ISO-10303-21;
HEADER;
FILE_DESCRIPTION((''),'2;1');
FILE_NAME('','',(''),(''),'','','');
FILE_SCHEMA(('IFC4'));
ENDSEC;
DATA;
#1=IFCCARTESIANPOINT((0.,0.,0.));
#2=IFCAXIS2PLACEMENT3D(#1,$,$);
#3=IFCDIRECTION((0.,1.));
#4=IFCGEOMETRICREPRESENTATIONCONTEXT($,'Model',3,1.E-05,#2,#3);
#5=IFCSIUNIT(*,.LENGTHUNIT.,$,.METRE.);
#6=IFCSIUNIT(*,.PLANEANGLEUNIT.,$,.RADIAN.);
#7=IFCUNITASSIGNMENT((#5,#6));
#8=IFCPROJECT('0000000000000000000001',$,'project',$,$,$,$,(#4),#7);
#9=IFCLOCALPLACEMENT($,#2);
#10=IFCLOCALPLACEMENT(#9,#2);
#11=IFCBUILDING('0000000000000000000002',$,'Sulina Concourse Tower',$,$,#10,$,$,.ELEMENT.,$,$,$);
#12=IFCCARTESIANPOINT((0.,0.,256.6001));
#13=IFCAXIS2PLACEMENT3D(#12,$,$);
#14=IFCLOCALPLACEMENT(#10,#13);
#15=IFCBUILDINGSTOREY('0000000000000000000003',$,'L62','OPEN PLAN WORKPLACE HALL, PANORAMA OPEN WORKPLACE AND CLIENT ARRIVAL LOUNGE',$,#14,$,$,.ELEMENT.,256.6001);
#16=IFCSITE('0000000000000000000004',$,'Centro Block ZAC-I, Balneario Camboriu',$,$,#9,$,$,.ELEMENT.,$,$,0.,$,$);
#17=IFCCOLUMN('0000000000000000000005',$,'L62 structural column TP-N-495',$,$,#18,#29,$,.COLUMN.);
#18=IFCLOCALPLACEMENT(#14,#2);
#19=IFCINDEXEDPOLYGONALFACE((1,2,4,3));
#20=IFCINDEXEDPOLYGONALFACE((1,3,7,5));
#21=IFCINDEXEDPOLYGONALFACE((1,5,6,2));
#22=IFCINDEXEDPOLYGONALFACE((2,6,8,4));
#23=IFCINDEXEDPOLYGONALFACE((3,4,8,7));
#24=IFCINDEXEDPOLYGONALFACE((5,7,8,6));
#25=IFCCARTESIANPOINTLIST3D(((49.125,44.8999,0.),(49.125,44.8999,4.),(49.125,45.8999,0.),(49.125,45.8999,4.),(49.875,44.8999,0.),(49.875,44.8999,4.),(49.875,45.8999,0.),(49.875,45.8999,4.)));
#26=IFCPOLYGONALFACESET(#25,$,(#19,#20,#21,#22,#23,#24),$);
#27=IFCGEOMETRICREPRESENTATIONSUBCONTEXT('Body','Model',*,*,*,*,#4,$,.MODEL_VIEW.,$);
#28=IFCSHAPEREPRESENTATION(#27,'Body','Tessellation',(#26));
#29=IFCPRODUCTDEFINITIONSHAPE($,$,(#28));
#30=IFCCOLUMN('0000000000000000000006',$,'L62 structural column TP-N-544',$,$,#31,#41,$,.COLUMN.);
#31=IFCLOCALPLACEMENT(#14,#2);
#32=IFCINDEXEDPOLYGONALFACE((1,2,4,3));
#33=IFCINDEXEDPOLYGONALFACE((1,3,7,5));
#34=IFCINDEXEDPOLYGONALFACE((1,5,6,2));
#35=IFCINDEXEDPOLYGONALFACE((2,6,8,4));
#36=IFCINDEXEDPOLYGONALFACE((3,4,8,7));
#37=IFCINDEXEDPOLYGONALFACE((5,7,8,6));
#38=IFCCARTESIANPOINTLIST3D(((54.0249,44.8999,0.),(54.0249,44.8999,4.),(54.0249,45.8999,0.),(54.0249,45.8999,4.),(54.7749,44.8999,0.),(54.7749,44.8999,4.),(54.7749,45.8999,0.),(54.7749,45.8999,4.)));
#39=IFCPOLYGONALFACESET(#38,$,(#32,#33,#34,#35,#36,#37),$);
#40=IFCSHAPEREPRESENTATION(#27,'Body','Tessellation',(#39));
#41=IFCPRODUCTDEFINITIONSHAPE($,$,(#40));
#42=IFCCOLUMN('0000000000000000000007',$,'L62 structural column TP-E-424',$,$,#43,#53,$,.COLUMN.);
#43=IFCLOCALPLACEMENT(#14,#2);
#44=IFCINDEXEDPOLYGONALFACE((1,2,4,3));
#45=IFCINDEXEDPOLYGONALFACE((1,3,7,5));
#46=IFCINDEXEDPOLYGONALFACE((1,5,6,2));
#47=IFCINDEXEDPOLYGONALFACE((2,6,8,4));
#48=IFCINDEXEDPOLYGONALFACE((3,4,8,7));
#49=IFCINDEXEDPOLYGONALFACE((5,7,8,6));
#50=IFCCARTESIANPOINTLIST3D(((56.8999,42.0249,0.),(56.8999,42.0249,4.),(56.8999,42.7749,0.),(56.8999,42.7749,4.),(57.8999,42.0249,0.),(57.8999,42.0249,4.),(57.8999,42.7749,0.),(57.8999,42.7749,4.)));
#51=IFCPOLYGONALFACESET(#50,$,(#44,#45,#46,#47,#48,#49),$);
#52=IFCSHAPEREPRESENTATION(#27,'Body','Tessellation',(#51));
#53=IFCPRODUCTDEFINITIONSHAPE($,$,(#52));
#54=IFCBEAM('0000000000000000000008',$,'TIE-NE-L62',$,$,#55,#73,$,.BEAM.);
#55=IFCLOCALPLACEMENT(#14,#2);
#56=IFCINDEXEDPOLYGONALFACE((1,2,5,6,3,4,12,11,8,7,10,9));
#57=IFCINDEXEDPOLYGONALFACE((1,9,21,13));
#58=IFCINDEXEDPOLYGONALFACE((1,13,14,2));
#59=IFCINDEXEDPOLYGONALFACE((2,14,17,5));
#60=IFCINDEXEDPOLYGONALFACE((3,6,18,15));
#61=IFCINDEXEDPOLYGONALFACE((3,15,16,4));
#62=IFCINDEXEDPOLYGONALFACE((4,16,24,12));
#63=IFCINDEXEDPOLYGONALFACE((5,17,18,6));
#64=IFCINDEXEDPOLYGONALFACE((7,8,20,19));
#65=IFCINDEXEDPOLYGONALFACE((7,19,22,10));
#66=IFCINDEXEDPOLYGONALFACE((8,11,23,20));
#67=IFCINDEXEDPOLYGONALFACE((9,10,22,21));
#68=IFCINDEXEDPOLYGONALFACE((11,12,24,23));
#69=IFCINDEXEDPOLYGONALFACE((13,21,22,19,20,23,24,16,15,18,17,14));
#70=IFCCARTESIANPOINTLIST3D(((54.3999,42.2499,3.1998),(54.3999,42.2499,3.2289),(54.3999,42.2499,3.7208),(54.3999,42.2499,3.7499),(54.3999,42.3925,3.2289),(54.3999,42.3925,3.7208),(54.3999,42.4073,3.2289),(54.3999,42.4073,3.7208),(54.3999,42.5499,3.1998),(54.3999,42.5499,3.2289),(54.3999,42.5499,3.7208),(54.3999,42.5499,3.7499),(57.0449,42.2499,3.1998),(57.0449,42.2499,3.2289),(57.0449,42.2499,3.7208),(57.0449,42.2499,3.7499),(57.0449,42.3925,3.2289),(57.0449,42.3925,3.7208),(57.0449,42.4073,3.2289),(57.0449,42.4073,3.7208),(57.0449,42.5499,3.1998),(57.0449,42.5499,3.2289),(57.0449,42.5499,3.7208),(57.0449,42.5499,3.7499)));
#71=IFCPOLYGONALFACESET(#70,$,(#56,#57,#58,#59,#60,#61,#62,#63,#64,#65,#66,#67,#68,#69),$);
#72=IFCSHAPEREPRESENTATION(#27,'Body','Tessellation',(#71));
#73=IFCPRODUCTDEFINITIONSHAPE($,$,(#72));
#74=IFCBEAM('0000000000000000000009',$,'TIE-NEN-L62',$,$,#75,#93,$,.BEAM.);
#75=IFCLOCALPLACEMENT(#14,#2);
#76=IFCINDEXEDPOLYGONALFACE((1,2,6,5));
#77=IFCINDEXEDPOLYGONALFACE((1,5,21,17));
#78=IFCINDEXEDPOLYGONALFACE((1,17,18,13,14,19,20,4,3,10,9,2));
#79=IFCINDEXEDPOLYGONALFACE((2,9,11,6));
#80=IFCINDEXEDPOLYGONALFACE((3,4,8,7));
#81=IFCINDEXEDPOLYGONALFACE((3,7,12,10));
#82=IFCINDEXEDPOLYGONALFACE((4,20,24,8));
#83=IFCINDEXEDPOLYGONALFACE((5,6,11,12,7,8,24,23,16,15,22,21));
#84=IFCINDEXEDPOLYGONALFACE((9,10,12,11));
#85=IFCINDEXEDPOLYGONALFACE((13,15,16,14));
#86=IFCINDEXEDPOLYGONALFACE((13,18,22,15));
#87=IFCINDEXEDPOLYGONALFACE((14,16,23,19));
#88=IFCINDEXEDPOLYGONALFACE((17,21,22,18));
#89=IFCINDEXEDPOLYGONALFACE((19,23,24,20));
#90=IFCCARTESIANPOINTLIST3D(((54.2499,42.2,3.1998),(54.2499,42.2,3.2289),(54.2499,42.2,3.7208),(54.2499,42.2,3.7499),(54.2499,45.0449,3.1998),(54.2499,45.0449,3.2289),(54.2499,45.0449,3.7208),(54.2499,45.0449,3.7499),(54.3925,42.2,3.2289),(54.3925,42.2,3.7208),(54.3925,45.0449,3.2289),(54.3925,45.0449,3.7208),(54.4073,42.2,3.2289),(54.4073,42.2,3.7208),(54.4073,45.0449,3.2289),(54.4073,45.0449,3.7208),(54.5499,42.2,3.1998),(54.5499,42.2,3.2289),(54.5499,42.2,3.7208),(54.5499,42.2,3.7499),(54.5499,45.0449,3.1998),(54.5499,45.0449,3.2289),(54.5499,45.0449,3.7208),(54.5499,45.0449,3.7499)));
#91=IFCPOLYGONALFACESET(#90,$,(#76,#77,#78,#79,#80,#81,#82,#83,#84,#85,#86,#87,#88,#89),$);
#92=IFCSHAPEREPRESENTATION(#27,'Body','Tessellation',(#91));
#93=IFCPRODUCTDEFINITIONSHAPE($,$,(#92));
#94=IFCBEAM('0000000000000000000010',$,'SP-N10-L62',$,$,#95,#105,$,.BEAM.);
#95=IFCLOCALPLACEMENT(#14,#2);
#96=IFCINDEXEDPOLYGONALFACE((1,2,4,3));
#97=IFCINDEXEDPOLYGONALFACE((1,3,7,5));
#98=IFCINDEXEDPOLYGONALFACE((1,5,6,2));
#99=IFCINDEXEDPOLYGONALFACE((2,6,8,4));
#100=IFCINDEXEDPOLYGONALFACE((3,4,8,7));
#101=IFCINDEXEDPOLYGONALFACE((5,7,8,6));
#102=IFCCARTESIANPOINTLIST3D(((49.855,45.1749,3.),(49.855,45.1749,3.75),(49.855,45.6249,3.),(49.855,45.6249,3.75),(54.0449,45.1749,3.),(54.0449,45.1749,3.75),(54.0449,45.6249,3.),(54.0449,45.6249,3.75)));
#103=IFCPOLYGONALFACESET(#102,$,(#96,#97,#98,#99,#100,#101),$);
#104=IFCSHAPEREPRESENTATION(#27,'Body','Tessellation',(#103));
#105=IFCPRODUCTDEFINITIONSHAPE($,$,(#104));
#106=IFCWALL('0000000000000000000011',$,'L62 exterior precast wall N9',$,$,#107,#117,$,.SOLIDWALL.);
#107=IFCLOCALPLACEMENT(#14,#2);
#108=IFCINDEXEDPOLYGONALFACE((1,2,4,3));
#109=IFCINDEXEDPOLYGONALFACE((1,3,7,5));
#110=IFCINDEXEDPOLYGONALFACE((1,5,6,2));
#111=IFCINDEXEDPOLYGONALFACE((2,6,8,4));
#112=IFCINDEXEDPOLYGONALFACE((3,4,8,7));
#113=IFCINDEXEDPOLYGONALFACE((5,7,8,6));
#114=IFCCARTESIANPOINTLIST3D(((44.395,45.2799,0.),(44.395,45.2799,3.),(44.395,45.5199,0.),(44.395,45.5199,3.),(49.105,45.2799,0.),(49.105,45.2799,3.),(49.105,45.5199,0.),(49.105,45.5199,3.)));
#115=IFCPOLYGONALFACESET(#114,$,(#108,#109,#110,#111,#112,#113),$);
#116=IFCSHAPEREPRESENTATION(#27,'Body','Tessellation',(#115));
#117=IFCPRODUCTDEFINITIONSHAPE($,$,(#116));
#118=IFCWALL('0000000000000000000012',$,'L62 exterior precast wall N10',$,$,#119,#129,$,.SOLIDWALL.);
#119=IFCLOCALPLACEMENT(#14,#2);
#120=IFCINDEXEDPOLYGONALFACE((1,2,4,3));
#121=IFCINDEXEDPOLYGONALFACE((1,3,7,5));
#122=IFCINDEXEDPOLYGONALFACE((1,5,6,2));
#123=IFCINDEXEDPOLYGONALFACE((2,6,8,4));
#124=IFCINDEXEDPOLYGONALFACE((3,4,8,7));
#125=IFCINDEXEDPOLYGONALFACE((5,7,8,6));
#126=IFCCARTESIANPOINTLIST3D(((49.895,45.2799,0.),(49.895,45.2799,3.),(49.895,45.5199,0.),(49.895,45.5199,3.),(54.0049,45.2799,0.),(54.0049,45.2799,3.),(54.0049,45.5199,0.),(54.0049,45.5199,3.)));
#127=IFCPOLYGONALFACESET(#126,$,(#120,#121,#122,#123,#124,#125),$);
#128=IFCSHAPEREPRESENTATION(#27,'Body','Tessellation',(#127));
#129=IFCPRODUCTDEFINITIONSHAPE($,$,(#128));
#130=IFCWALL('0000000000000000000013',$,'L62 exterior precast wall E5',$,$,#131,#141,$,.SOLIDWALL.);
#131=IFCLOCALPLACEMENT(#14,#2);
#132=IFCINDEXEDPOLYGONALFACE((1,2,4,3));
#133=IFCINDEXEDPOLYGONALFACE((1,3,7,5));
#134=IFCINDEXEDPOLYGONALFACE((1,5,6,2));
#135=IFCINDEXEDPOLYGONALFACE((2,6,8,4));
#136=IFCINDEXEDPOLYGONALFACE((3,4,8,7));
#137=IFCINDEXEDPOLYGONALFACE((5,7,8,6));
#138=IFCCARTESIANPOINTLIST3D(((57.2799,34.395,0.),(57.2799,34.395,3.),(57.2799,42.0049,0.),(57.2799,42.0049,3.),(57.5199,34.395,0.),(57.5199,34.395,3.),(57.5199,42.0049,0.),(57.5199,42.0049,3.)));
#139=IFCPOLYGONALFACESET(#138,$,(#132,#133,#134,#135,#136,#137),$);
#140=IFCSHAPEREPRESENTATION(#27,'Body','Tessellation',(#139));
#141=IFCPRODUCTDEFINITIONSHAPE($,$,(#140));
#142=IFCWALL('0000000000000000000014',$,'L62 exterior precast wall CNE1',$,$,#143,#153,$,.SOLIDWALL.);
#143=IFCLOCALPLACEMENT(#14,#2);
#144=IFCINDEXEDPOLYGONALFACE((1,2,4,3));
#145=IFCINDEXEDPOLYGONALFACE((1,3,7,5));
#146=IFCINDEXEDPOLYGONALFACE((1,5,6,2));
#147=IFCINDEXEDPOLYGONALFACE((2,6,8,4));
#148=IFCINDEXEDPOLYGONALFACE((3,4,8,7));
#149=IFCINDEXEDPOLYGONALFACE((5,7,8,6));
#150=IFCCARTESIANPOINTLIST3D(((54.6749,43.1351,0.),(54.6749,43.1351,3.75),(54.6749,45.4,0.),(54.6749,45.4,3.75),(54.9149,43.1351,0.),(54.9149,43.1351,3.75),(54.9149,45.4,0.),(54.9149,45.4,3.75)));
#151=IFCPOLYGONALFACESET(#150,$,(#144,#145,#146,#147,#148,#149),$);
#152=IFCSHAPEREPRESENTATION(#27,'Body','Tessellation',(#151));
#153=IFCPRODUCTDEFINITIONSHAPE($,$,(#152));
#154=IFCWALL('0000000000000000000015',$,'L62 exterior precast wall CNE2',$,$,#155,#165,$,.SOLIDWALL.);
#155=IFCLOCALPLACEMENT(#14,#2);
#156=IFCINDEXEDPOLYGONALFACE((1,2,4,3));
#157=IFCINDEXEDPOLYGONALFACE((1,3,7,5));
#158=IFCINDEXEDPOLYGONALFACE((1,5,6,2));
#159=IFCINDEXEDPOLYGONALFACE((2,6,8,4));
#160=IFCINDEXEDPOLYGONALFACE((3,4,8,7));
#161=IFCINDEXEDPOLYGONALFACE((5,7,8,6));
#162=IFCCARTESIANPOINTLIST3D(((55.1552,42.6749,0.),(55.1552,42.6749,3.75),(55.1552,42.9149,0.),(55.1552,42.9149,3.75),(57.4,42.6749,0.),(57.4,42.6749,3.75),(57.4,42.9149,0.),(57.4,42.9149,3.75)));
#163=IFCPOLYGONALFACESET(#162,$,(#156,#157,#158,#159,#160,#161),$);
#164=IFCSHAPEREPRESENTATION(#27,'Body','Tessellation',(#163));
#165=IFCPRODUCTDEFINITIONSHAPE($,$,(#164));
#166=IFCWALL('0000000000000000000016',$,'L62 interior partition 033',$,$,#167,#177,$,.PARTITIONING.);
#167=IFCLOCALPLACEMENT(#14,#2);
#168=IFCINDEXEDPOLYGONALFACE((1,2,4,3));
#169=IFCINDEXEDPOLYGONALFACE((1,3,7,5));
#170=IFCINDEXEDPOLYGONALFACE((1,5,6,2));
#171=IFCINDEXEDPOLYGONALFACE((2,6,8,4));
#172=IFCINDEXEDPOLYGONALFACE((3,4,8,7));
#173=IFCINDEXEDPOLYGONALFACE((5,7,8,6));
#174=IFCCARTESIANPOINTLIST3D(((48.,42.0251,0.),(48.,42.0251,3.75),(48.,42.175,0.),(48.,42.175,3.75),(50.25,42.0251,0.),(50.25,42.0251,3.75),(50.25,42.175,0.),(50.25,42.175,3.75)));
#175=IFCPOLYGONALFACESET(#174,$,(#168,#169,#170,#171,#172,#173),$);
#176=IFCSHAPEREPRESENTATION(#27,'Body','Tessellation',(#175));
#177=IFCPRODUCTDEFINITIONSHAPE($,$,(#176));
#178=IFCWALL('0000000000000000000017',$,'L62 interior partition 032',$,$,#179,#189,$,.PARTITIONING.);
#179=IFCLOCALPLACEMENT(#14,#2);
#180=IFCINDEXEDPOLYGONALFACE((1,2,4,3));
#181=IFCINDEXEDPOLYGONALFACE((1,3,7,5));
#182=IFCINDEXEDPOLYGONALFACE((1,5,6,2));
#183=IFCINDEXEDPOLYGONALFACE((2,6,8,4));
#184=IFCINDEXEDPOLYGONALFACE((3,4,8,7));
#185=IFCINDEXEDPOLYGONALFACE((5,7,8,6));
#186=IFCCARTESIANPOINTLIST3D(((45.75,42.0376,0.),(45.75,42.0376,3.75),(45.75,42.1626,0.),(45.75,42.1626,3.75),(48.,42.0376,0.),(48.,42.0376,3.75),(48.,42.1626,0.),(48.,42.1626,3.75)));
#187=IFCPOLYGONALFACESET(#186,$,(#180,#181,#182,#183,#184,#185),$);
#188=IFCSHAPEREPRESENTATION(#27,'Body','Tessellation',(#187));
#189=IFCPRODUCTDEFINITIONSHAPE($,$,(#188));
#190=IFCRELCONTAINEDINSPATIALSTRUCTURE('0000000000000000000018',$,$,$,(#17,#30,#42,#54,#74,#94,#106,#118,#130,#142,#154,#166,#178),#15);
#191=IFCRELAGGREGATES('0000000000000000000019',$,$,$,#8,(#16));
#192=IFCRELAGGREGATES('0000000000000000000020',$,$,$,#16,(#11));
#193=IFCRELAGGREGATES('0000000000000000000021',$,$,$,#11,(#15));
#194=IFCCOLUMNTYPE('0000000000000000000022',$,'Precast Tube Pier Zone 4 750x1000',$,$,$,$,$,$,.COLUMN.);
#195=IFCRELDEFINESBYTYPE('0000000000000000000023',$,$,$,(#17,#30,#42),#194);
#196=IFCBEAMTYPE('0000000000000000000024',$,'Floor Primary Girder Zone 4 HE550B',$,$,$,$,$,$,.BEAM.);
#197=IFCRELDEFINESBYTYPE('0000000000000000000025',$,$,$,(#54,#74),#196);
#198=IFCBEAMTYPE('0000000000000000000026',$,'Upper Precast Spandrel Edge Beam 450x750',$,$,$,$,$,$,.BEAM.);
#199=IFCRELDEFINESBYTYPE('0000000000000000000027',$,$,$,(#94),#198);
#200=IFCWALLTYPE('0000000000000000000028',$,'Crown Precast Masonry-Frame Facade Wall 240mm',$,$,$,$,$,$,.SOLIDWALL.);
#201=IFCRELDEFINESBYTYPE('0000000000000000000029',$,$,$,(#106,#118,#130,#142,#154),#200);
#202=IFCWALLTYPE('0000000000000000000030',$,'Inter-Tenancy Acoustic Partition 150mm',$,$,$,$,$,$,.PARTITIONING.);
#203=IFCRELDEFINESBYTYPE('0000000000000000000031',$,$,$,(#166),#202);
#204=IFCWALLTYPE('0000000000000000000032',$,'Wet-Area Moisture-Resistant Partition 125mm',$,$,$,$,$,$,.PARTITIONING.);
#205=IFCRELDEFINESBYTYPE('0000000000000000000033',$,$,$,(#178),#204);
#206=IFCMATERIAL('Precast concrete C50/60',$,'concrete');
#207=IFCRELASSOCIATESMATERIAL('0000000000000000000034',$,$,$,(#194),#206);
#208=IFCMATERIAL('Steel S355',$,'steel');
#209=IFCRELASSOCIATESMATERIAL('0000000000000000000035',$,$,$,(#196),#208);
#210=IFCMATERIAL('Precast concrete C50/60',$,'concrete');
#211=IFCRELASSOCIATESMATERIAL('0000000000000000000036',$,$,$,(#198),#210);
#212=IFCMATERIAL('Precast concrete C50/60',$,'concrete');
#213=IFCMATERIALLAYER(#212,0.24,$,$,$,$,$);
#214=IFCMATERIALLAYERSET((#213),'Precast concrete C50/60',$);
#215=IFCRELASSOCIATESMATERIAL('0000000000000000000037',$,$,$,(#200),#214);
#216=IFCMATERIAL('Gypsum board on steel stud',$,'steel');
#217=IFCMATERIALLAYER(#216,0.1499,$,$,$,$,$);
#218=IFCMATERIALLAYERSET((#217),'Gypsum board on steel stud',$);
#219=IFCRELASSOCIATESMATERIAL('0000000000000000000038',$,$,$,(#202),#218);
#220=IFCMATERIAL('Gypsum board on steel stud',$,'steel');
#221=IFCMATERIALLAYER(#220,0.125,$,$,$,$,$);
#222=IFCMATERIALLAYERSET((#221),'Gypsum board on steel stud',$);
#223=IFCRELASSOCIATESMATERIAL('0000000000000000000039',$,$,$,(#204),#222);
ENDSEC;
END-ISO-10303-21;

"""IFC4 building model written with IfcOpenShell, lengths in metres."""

from ifc_helpers import new_model, si_unit, direction, frame, frame_2d, origin, origin_2d, place, context, subcontext, project, spatial, rectangle, i_section, extrude, material, layer, layer_set, material_profile, profile_set, type_object, element, save


model = new_model("IFC4")

# Units and contexts
model_context = context("Model", 3, precision=1e-05, world=origin(), true_north=direction((0.0, 1.0)))
body_context = subcontext(model_context, "Body", "Model", "MODEL_VIEW")
ifc_project = project(units=[si_unit("LENGTHUNIT", "METRE"), si_unit("PLANEANGLEUNIT", "RADIAN")], contexts=[model_context])

# Site, building, storey
site_placement = place(None, origin())
site = spatial("IfcSite", under=ifc_project, at=site_placement, Name="Centro Block ZAC-I, Balneario Camboriu", CompositionType="ELEMENT", RefElevation=0.0)
building_placement = place(site_placement, origin())
building = spatial("IfcBuilding", under=site, at=building_placement, Name="Sulina Concourse Tower", CompositionType="ELEMENT")
storey_placement = place(building_placement, frame((0.0, 0.0, 256.6001)))
storey = spatial("IfcBuildingStorey", under=building, at=storey_placement, Name="L62", Description="OPEN PLAN WORKPLACE HALL, PANORAMA OPEN WORKPLACE AND CLIENT ARRIVAL LOUNGE", CompositionType="ELEMENT", Elevation=256.6001)

# Columns
ifc_material_1 = material(Name="Precast concrete C50/60", Category="concrete")
ifc_material_profile_1 = material_profile(ifc_material_1, rectangle(XDim=0.75, YDim=1.0, at=origin_2d()), Name="PC 750x1000")
ifc_profile_set_1 = profile_set([ifc_material_profile_1], Name="Precast concrete C50/60")
column_type = type_object("IfcColumnType", Name="Precast Tube Pier Zone 4 750x1000", PredefinedType="COLUMN", material=ifc_profile_set_1)
for number, where, z_axis, x_axis, name in (
    (1, (49.5, 45.3999, 0.0), (0.0, 0.0, 1.0), (1.0, 0.0, 0.0), "L62 structural column TP-N-495"),
    (2, (54.3999, 45.3999, 0.0), (0.0, 0.0, 1.0), (1.0, 0.0, 0.0), "L62 structural column TP-N-544"),
    (3, (57.3999, 42.3999, 0.0), (0.0, 0.0, 1.0), (0.0, 1.0, 0.0), "L62 structural column TP-E-424"),
):
    element("IfcColumn", number, at=place(storey_placement, frame(where, z_axis=z_axis, x_axis=x_axis)), inside=storey, type_object=column_type, Name=name, PredefinedType="COLUMN", context=body_context, shape_type="SweptSolid", body=[
        extrude(rectangle(XDim=0.75, YDim=1.0, at=origin_2d()), origin(), (0.0, 0.0, 1.0), 4.0),
    ])

# Beams
ifc_material_2 = material(Name="Steel S355", Category="steel")
ifc_material_profile_2 = material_profile(ifc_material_2, i_section(OverallWidth=0.3, OverallDepth=0.55, WebThickness=0.0149, FlangeThickness=0.0291, at=origin_2d()), Name="HE 550 B")
ifc_profile_set_2 = profile_set([ifc_material_profile_2], Name="Steel S355")
beam_type_1 = type_object("IfcBeamType", Name="Floor Primary Girder Zone 4 HE550B", PredefinedType="BEAM", material=ifc_profile_set_2)
beam_1_placement = place(storey_placement, frame((54.3999, 42.3999, 3.4749), z_axis=(1.0, 0.0, 0.0), x_axis=(0.0, 1.0, 0.0)))
element("IfcBeam", 4, at=beam_1_placement, inside=storey, type_object=beam_type_1, Name="TIE-NE-L62", PredefinedType="BEAM", context=body_context, shape_type="SweptSolid", body=[
    extrude(i_section(OverallWidth=0.3, OverallDepth=0.55, WebThickness=0.0149, FlangeThickness=0.0291, at=origin_2d()), origin(), (0.0, 0.0, 1.0), 2.645),
])
beam_2_placement = place(storey_placement, frame((54.3999, 42.2, 3.4749), z_axis=(0.0, 1.0, 0.0), x_axis=(-1.0, 0.0, 0.0)))
element("IfcBeam", 5, at=beam_2_placement, inside=storey, type_object=beam_type_1, Name="TIE-NEN-L62", PredefinedType="BEAM", context=body_context, shape_type="SweptSolid", body=[
    extrude(i_section(OverallWidth=0.3, OverallDepth=0.55, WebThickness=0.0149, FlangeThickness=0.0291, at=origin_2d()), origin(), (0.0, 0.0, 1.0), 2.845),
])
ifc_material_3 = material(Name="Precast concrete C50/60", Category="concrete")
ifc_material_profile_3 = material_profile(ifc_material_3, rectangle(XDim=0.45, YDim=0.75, at=origin_2d()), Name="RC 450x750")
ifc_profile_set_3 = profile_set([ifc_material_profile_3], Name="Precast concrete C50/60")
beam_type_2 = type_object("IfcBeamType", Name="Upper Precast Spandrel Edge Beam 450x750", PredefinedType="BEAM", material=ifc_profile_set_3)
beam_3_placement = place(storey_placement, frame((49.855, 45.3999, 3.375), z_axis=(1.0, 0.0, 0.0), x_axis=(0.0, 1.0, 0.0)))
element("IfcBeam", 6, at=beam_3_placement, inside=storey, type_object=beam_type_2, Name="SP-N10-L62", PredefinedType="BEAM", context=body_context, shape_type="SweptSolid", body=[
    extrude(rectangle(XDim=0.45, YDim=0.75, at=origin_2d()), origin(), (0.0, 0.0, 1.0), 4.1899),
])

# Walls
ifc_material_4 = material(Name="Precast concrete C50/60", Category="concrete")
ifc_layer_1 = layer(ifc_material_4, 0.24)
ifc_layer_set_1 = layer_set([ifc_layer_1], Name="Precast concrete C50/60")
wall_type_1 = type_object("IfcWallType", Name="Crown Precast Masonry-Frame Facade Wall 240mm", PredefinedType="SOLIDWALL", material=ifc_layer_set_1)
wall_1_placement = place(storey_placement, frame((44.395, 45.3999, 0.0), z_axis=(0.0, 0.0, 1.0), x_axis=(1.0, 0.0, 0.0)))
element("IfcWall", 7, at=wall_1_placement, inside=storey, type_object=wall_type_1, Name="L62 exterior precast wall N9", PredefinedType="SOLIDWALL", context=body_context, shape_type="SweptSolid", body=[
    extrude(rectangle(XDim=4.71, YDim=0.24, at=frame_2d((2.355, 0.0))), origin(), (0.0, 0.0, 1.0), 3.0),
])
wall_2_placement = place(storey_placement, frame((49.895, 45.3999, 0.0), z_axis=(0.0, 0.0, 1.0), x_axis=(1.0, 0.0, 0.0)))
element("IfcWall", 8, at=wall_2_placement, inside=storey, type_object=wall_type_1, Name="L62 exterior precast wall N10", PredefinedType="SOLIDWALL", context=body_context, shape_type="SweptSolid", body=[
    extrude(rectangle(XDim=4.1099, YDim=0.24, at=frame_2d((2.0549, 0.0))), origin(), (0.0, 0.0, 1.0), 3.0),
])
wall_3_placement = place(storey_placement, frame((57.3999, 42.0049, 0.0), z_axis=(0.0, 0.0, 1.0), x_axis=(0.0, -1.0, 0.0)))
element("IfcWall", 9, at=wall_3_placement, inside=storey, type_object=wall_type_1, Name="L62 exterior precast wall E5", PredefinedType="SOLIDWALL", context=body_context, shape_type="SweptSolid", body=[
    extrude(rectangle(XDim=7.6099, YDim=0.24, at=frame_2d((3.8049, 0.0))), origin(), (0.0, 0.0, 1.0), 3.0),
])
wall_4_placement = place(storey_placement, frame((54.7949, 45.3999, 0.0), z_axis=(0.0, 0.0, 1.0), x_axis=(0.0, -1.0, 0.0)))
element("IfcWall", 10, at=wall_4_placement, inside=storey, type_object=wall_type_1, Name="L62 exterior precast wall CNE1", PredefinedType="SOLIDWALL", context=body_context, shape_type="SweptSolid", body=[
    extrude(rectangle(XDim=2.2649, YDim=0.24, at=frame_2d((1.1323, 0.0))), origin(), (0.0, 0.0, 1.0), 3.75),
])
wall_5_placement = place(storey_placement, frame((55.155, 42.7949, 0.0), z_axis=(0.0, 0.0, 1.0), x_axis=(1.0, 0.0, 0.0)))
element("IfcWall", 11, at=wall_5_placement, inside=storey, type_object=wall_type_1, Name="L62 exterior precast wall CNE2", PredefinedType="SOLIDWALL", context=body_context, shape_type="SweptSolid", body=[
    extrude(rectangle(XDim=2.2449, YDim=0.24, at=frame_2d((1.1226, 0.0))), origin(), (0.0, 0.0, 1.0), 3.75),
])
ifc_material_5 = material(Name="Gypsum board on steel stud", Category="steel")
ifc_layer_2 = layer(ifc_material_5, 0.1499)
ifc_layer_set_2 = layer_set([ifc_layer_2], Name="Gypsum board on steel stud")
wall_type_2 = type_object("IfcWallType", Name="Inter-Tenancy Acoustic Partition 150mm", PredefinedType="PARTITIONING", material=ifc_layer_set_2)
wall_6_placement = place(storey_placement, frame((48.0, 42.1001, 0.0), z_axis=(0.0, 0.0, 1.0), x_axis=(1.0, 0.0, 0.0)))
element("IfcWall", 12, at=wall_6_placement, inside=storey, type_object=wall_type_2, Name="L62 interior partition 033", PredefinedType="PARTITIONING", context=body_context, shape_type="SweptSolid", body=[
    extrude(rectangle(XDim=2.25, YDim=0.1499, at=frame_2d((1.125, 0.0))), origin(), (0.0, 0.0, 1.0), 3.75),
])
ifc_material_6 = material(Name="Gypsum board on steel stud", Category="steel")
ifc_layer_3 = layer(ifc_material_6, 0.125)
ifc_layer_set_3 = layer_set([ifc_layer_3], Name="Gypsum board on steel stud")
wall_type_3 = type_object("IfcWallType", Name="Wet-Area Moisture-Resistant Partition 125mm", PredefinedType="PARTITIONING", material=ifc_layer_set_3)
wall_7_placement = place(storey_placement, frame((45.75, 42.1001, 0.0), z_axis=(0.0, 0.0, 1.0), x_axis=(1.0, 0.0, 0.0)))
element("IfcWall", 13, at=wall_7_placement, inside=storey, type_object=wall_type_3, Name="L62 interior partition 032", PredefinedType="PARTITIONING", context=body_context, shape_type="SweptSolid", body=[
    extrude(rectangle(XDim=2.25, YDim=0.125, at=frame_2d((1.125, 0.0))), origin(), (0.0, 0.0, 1.0), 3.75),
])

save(model, "model.ifc")
